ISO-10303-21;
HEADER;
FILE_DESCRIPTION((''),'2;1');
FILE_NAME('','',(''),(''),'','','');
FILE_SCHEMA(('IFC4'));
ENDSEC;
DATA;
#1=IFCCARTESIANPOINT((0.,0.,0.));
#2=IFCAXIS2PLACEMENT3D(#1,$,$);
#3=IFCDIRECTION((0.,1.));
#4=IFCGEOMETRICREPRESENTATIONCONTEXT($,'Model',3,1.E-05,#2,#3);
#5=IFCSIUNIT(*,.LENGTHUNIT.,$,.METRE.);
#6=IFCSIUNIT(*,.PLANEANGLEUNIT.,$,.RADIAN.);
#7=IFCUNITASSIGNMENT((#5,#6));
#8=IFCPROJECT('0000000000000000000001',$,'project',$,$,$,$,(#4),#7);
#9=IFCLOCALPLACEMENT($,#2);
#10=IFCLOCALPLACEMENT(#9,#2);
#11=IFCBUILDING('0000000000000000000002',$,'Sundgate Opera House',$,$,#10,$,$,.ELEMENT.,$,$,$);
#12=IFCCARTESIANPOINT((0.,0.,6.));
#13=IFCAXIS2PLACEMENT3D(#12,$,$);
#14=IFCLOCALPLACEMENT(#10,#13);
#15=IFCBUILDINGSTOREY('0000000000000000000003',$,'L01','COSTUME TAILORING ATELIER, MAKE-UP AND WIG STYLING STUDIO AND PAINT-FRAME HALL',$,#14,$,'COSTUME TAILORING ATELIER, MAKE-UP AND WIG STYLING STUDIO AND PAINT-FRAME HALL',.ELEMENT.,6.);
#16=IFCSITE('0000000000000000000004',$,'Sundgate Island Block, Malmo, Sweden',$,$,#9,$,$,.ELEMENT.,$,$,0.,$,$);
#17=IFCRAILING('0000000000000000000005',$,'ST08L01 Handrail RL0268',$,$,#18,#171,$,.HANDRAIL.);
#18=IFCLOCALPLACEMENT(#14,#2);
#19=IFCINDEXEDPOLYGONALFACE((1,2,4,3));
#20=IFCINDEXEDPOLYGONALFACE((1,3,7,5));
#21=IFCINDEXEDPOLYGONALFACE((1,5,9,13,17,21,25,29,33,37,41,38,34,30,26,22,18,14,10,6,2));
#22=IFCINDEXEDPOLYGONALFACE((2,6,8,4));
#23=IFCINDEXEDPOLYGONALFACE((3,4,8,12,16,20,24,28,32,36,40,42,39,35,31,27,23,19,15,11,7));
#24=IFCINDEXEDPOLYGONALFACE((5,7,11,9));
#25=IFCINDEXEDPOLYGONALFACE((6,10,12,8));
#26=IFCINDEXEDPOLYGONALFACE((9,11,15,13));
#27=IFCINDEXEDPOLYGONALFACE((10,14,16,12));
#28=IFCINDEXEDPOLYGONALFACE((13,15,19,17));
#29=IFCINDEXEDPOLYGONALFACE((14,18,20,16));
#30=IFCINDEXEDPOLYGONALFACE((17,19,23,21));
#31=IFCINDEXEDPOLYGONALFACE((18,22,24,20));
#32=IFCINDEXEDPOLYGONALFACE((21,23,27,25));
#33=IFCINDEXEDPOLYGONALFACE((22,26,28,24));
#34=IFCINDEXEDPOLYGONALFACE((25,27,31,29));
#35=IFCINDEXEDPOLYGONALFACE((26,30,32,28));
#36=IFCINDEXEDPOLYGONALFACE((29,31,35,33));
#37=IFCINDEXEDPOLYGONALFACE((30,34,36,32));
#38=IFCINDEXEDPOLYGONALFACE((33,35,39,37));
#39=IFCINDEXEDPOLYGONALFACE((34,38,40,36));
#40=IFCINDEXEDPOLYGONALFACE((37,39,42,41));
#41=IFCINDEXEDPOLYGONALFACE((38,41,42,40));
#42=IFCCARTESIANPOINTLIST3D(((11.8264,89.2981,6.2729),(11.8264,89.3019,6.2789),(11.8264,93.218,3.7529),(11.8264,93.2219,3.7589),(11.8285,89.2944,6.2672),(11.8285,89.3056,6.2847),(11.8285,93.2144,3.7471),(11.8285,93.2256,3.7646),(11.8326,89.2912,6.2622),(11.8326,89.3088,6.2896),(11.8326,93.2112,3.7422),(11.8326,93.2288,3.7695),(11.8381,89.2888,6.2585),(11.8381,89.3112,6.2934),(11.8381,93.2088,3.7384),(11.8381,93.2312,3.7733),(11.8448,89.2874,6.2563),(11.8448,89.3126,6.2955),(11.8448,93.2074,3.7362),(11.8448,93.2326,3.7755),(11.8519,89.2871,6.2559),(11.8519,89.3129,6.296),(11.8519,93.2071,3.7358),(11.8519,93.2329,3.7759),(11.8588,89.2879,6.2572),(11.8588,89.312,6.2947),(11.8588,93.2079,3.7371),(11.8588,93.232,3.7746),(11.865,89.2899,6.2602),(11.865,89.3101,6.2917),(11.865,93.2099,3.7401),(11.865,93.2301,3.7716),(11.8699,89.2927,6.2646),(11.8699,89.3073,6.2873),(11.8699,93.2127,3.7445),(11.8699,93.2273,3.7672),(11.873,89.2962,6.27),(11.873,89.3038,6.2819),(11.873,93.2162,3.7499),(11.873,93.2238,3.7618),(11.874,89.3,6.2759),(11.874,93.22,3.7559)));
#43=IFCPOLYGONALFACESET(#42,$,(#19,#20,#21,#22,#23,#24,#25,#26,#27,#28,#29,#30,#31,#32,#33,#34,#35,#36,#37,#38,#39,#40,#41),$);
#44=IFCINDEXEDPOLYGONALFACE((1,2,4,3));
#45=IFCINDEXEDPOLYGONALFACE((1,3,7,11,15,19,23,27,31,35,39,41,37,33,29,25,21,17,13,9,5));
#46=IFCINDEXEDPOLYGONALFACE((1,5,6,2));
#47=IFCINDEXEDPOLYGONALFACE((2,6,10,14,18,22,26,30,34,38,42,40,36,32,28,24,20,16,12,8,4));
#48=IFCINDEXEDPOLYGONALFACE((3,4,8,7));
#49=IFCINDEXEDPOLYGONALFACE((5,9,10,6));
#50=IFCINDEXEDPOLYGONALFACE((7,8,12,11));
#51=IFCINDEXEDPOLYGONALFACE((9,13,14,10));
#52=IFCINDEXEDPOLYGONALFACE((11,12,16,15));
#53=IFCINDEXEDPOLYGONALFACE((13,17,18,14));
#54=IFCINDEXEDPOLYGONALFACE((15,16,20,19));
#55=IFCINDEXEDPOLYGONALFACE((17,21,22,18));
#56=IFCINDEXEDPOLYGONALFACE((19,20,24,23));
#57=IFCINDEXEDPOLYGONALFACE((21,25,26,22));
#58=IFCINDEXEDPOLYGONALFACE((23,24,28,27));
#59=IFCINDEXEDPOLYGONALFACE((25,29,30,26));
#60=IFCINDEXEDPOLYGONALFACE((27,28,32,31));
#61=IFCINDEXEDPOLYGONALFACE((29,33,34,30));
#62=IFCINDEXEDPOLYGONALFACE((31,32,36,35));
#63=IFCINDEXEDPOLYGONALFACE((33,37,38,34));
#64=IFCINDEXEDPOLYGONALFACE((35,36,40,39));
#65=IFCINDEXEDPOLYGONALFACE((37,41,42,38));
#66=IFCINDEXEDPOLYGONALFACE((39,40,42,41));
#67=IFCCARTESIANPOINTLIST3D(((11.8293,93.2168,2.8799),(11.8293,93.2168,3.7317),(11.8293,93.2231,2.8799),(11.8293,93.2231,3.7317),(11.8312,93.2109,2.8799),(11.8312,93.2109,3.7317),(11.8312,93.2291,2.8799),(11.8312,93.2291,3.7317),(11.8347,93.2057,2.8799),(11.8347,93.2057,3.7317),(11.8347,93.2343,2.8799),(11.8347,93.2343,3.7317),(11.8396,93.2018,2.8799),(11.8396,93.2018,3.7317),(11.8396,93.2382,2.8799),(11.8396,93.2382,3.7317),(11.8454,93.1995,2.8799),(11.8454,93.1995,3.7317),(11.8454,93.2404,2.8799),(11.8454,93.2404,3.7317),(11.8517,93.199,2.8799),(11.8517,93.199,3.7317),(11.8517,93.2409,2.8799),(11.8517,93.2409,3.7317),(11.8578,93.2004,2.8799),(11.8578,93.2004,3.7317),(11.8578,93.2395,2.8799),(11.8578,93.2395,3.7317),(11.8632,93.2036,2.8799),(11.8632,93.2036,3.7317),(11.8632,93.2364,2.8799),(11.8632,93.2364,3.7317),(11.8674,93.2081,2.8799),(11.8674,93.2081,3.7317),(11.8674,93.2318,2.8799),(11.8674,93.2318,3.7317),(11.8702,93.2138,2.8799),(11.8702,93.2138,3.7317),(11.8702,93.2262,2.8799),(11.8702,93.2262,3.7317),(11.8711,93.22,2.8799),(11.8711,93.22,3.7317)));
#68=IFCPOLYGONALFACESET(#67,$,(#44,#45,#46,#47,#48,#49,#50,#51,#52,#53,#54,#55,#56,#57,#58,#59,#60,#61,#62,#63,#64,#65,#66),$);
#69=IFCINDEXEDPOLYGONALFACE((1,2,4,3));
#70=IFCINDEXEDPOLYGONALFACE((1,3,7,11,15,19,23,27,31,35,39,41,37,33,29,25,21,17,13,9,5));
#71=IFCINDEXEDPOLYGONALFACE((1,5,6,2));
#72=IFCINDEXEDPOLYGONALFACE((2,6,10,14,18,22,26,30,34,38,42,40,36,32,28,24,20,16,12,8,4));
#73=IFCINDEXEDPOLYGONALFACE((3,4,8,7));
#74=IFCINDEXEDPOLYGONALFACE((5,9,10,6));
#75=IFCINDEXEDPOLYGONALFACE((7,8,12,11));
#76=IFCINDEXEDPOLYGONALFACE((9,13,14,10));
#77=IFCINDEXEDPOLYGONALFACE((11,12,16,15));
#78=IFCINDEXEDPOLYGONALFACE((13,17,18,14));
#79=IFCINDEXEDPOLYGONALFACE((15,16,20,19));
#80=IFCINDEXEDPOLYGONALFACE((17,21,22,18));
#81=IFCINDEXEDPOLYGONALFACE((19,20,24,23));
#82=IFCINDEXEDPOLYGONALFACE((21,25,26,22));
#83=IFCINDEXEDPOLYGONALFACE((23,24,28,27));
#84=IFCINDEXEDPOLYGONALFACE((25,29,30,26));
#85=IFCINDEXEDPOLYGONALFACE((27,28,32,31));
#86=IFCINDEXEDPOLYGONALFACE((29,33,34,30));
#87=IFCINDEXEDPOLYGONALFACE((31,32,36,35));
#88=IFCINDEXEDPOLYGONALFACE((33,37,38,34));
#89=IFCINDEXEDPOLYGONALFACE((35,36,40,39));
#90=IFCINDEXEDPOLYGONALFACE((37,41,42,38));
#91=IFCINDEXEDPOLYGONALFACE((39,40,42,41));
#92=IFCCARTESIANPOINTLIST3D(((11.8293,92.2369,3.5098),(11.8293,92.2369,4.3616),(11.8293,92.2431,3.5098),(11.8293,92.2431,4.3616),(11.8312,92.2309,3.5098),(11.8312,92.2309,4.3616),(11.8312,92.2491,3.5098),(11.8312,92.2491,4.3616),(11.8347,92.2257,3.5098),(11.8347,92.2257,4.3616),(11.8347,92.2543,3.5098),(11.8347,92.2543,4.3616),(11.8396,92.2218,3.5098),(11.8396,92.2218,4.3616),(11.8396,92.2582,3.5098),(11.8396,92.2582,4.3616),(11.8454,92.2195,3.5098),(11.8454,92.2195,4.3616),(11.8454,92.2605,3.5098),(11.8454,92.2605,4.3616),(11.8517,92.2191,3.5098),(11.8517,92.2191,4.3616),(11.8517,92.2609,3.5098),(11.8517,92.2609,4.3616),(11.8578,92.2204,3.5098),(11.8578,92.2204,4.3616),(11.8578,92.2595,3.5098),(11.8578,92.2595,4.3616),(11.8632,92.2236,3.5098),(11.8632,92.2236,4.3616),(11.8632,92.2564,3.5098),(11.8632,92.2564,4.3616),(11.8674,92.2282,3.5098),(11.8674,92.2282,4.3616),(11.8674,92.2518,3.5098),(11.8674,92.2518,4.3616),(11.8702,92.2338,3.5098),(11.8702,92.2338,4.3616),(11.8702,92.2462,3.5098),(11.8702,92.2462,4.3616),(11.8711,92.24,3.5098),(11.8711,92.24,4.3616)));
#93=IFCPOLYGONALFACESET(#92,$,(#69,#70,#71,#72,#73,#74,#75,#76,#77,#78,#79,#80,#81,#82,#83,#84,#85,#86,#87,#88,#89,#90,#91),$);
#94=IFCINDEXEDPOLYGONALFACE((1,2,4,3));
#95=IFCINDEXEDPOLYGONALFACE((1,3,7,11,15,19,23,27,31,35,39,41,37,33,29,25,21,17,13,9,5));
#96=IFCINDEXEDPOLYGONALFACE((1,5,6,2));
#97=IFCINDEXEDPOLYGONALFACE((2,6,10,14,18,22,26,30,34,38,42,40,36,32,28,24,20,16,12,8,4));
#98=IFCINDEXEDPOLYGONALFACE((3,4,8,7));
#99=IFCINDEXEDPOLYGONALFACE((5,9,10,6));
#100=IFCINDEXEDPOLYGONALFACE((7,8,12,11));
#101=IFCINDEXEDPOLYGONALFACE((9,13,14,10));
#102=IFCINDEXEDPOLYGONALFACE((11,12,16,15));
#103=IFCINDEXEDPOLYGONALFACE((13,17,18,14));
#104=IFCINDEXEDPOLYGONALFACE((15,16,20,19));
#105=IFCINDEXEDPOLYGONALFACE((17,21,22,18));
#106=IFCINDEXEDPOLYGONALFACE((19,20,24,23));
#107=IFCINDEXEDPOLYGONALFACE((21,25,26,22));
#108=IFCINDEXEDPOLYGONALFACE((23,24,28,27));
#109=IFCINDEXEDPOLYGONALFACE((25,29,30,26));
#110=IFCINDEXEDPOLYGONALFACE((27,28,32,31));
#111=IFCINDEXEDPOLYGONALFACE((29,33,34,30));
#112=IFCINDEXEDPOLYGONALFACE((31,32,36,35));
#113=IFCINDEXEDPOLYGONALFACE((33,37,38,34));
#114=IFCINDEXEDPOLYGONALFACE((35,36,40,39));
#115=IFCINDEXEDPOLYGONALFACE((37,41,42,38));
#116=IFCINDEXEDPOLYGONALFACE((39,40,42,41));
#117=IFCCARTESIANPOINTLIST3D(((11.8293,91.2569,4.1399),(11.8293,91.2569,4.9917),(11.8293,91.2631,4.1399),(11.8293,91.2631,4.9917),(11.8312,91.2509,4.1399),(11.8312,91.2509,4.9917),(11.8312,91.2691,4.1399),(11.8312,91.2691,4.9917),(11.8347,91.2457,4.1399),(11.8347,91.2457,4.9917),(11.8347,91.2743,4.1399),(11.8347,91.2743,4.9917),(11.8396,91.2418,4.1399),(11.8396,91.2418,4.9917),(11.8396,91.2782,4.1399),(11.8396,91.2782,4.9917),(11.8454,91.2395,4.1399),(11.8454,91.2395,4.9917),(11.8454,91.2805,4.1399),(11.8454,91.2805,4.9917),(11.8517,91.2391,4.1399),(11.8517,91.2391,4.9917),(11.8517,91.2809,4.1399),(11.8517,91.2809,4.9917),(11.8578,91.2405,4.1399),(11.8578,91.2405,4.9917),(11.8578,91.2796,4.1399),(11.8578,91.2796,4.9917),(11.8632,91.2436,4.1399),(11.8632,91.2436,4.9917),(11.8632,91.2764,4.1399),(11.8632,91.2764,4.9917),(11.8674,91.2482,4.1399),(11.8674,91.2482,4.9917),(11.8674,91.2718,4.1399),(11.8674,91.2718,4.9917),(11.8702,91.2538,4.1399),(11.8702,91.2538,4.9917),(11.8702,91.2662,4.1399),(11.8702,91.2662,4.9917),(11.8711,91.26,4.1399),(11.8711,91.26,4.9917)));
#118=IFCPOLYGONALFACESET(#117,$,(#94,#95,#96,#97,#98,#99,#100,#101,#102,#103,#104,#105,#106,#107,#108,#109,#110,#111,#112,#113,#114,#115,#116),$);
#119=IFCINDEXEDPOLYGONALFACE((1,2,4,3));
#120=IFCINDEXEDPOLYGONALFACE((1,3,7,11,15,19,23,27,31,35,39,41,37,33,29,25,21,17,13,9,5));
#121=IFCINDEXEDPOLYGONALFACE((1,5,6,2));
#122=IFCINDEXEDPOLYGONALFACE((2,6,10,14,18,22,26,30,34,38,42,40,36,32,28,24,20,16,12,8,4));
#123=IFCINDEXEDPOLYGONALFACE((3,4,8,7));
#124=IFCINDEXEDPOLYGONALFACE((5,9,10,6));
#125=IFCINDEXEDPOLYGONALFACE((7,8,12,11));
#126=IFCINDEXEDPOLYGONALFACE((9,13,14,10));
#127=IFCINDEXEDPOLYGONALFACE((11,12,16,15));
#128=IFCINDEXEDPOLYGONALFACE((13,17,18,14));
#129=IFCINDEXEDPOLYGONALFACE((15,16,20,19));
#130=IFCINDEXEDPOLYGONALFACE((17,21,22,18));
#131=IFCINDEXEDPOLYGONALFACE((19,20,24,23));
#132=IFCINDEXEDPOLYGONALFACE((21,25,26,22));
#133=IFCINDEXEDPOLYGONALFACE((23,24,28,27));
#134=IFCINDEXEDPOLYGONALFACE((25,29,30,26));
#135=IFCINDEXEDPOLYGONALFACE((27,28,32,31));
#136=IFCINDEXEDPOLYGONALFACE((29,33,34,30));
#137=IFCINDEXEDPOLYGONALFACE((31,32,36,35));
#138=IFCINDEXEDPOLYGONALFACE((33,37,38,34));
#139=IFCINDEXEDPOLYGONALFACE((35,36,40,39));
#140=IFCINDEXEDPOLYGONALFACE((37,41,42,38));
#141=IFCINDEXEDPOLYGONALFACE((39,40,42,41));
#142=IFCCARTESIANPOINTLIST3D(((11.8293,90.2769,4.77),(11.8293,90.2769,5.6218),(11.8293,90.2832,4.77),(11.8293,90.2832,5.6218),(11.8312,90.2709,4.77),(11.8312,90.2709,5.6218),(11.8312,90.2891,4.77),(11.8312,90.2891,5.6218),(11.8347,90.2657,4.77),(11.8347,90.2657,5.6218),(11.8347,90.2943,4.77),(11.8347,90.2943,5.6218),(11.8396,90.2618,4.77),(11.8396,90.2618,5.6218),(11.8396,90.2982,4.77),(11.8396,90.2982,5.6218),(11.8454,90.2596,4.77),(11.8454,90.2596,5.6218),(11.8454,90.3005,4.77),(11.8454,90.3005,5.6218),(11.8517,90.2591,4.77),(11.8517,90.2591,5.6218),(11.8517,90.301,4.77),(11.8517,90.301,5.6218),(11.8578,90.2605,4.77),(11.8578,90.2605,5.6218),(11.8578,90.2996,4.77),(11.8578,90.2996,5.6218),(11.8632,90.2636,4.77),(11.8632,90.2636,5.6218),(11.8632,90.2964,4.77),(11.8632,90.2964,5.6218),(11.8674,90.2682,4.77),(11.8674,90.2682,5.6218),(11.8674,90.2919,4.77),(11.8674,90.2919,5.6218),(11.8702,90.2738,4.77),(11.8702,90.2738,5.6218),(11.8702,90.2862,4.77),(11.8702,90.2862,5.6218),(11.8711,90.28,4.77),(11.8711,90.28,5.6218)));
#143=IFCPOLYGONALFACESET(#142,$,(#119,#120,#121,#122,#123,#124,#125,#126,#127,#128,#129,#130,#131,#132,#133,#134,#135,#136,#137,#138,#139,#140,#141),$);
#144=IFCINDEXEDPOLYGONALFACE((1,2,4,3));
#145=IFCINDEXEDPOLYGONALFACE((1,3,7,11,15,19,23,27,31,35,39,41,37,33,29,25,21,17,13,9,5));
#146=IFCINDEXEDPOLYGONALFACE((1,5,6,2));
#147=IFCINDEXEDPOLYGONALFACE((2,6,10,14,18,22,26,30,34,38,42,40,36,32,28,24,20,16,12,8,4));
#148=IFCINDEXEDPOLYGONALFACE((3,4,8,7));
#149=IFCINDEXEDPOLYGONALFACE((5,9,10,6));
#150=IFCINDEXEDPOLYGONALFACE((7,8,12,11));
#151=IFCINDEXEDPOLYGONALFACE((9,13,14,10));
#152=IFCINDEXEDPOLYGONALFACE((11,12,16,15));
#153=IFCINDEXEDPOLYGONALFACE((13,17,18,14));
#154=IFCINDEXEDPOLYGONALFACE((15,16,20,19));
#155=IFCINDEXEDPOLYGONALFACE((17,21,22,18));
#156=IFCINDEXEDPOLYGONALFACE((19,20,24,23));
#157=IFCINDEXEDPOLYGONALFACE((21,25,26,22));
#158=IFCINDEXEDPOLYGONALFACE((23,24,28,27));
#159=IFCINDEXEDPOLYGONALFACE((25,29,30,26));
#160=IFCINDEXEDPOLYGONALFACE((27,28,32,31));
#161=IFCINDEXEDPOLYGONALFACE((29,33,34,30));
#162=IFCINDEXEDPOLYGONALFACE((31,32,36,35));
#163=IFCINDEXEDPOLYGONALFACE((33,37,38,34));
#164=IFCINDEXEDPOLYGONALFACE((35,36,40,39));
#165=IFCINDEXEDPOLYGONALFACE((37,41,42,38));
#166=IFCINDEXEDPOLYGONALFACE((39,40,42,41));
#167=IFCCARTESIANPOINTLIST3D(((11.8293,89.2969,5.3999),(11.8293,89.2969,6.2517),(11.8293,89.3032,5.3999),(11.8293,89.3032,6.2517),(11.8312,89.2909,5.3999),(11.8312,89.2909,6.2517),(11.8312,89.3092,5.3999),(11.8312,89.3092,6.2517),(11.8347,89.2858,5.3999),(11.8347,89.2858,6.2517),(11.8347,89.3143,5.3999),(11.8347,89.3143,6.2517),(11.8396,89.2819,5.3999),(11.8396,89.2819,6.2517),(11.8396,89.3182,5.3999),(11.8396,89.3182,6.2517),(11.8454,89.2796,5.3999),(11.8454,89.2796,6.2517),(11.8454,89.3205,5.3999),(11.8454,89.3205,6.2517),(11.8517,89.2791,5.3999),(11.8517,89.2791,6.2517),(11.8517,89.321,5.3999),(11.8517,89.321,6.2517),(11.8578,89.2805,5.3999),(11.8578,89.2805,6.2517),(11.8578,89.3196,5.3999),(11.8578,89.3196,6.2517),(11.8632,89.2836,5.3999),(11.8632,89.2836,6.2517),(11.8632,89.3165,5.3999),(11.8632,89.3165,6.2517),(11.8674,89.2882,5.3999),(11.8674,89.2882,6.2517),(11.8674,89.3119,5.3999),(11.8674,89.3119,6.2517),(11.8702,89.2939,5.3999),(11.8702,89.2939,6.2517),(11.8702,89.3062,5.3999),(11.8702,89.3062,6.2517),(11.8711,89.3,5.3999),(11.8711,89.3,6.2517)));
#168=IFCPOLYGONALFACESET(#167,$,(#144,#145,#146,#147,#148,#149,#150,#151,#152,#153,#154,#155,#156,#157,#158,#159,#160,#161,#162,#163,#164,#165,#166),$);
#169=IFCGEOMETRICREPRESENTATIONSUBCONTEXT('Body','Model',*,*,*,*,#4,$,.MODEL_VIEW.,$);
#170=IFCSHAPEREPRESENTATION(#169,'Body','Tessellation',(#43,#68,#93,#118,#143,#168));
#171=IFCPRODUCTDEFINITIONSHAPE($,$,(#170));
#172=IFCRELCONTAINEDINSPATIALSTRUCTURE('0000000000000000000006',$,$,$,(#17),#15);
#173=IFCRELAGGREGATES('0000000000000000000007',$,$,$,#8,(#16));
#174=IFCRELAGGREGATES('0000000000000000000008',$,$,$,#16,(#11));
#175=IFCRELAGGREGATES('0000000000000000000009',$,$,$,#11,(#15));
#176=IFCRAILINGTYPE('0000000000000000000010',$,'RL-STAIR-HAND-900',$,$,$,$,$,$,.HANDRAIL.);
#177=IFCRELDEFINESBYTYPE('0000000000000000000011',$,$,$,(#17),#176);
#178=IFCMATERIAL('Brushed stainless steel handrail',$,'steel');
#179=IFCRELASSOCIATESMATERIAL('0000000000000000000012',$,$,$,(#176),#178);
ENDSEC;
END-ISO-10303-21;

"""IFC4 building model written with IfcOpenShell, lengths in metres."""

from ifc_helpers import new_model, si_unit, direction, frame, origin, origin_2d, place, context, subcontext, project, spatial, circle, extrude, material, type_object, element, save


model = new_model("IFC4")

# Units and contexts
model_context = context("Model", 3, precision=1e-05, world=origin(), true_north=direction((0.0, 1.0)))
body_context = subcontext(model_context, "Body", "Model", "MODEL_VIEW")
ifc_project = project(units=[si_unit("LENGTHUNIT", "METRE"), si_unit("PLANEANGLEUNIT", "RADIAN")], contexts=[model_context])

# Site, building, storey
site_placement = place(None, origin())
site = spatial("IfcSite", under=ifc_project, at=site_placement, Name="Sundgate Island Block, Malmo, Sweden", CompositionType="ELEMENT", RefElevation=0.0)
building_placement = place(site_placement, origin())
building = spatial("IfcBuilding", under=site, at=building_placement, Name="Sundgate Opera House", CompositionType="ELEMENT")
storey_placement = place(building_placement, frame((0.0, 0.0, 6.0)))
storey = spatial("IfcBuildingStorey", under=building, at=storey_placement, Name="L01", Description="COSTUME TAILORING ATELIER, MAKE-UP AND WIG STYLING STUDIO AND PAINT-FRAME HALL", LongName="COSTUME TAILORING ATELIER, MAKE-UP AND WIG STYLING STUDIO AND PAINT-FRAME HALL", CompositionType="ELEMENT", Elevation=6.0)

# Railing
ifc_material_1 = material(Name="Brushed stainless steel handrail", Category="steel")
railing_type_1 = type_object("IfcRailingType", Name="RL-STAIR-HAND-900", PredefinedType="HANDRAIL", material=ifc_material_1)
railing_1_placement = place(storey_placement, frame((11.8501, 93.22, 2.8799)))
element("IfcRailing", 1, at=railing_1_placement, inside=storey, type_object=railing_type_1, Name="ST08L01 Handrail RL0268", PredefinedType="HANDRAIL", context=body_context, shape_type="SweptSolid", body=[
    extrude(circle(Radius=0.0239, at=origin_2d()), frame((0.0, 0.0, 0.876), z_axis=(0.0, -0.841172, 0.540768), x_axis=(1.0, 0.0, 0.0)), (0.0, 0.0, 1.0), 4.6602),
    extrude(circle(Radius=0.021, at=origin_2d()), origin(), (0.0, 0.0, 1.0), 0.8518),
    extrude(circle(Radius=0.021, at=origin_2d()), frame((0.0, -0.98, 0.6299)), (0.0, 0.0, 1.0), 0.8518),
    extrude(circle(Radius=0.021, at=origin_2d()), frame((0.0, -1.96, 1.26)), (0.0, 0.0, 1.0), 0.8518),
    extrude(circle(Radius=0.021, at=origin_2d()), frame((0.0, -2.9399, 1.8901)), (0.0, 0.0, 1.0), 0.8518),
    extrude(circle(Radius=0.021, at=origin_2d()), frame((0.0, -3.9199, 2.52)), (0.0, 0.0, 1.0), 0.8518),
])

save(model, "model.ifc")
